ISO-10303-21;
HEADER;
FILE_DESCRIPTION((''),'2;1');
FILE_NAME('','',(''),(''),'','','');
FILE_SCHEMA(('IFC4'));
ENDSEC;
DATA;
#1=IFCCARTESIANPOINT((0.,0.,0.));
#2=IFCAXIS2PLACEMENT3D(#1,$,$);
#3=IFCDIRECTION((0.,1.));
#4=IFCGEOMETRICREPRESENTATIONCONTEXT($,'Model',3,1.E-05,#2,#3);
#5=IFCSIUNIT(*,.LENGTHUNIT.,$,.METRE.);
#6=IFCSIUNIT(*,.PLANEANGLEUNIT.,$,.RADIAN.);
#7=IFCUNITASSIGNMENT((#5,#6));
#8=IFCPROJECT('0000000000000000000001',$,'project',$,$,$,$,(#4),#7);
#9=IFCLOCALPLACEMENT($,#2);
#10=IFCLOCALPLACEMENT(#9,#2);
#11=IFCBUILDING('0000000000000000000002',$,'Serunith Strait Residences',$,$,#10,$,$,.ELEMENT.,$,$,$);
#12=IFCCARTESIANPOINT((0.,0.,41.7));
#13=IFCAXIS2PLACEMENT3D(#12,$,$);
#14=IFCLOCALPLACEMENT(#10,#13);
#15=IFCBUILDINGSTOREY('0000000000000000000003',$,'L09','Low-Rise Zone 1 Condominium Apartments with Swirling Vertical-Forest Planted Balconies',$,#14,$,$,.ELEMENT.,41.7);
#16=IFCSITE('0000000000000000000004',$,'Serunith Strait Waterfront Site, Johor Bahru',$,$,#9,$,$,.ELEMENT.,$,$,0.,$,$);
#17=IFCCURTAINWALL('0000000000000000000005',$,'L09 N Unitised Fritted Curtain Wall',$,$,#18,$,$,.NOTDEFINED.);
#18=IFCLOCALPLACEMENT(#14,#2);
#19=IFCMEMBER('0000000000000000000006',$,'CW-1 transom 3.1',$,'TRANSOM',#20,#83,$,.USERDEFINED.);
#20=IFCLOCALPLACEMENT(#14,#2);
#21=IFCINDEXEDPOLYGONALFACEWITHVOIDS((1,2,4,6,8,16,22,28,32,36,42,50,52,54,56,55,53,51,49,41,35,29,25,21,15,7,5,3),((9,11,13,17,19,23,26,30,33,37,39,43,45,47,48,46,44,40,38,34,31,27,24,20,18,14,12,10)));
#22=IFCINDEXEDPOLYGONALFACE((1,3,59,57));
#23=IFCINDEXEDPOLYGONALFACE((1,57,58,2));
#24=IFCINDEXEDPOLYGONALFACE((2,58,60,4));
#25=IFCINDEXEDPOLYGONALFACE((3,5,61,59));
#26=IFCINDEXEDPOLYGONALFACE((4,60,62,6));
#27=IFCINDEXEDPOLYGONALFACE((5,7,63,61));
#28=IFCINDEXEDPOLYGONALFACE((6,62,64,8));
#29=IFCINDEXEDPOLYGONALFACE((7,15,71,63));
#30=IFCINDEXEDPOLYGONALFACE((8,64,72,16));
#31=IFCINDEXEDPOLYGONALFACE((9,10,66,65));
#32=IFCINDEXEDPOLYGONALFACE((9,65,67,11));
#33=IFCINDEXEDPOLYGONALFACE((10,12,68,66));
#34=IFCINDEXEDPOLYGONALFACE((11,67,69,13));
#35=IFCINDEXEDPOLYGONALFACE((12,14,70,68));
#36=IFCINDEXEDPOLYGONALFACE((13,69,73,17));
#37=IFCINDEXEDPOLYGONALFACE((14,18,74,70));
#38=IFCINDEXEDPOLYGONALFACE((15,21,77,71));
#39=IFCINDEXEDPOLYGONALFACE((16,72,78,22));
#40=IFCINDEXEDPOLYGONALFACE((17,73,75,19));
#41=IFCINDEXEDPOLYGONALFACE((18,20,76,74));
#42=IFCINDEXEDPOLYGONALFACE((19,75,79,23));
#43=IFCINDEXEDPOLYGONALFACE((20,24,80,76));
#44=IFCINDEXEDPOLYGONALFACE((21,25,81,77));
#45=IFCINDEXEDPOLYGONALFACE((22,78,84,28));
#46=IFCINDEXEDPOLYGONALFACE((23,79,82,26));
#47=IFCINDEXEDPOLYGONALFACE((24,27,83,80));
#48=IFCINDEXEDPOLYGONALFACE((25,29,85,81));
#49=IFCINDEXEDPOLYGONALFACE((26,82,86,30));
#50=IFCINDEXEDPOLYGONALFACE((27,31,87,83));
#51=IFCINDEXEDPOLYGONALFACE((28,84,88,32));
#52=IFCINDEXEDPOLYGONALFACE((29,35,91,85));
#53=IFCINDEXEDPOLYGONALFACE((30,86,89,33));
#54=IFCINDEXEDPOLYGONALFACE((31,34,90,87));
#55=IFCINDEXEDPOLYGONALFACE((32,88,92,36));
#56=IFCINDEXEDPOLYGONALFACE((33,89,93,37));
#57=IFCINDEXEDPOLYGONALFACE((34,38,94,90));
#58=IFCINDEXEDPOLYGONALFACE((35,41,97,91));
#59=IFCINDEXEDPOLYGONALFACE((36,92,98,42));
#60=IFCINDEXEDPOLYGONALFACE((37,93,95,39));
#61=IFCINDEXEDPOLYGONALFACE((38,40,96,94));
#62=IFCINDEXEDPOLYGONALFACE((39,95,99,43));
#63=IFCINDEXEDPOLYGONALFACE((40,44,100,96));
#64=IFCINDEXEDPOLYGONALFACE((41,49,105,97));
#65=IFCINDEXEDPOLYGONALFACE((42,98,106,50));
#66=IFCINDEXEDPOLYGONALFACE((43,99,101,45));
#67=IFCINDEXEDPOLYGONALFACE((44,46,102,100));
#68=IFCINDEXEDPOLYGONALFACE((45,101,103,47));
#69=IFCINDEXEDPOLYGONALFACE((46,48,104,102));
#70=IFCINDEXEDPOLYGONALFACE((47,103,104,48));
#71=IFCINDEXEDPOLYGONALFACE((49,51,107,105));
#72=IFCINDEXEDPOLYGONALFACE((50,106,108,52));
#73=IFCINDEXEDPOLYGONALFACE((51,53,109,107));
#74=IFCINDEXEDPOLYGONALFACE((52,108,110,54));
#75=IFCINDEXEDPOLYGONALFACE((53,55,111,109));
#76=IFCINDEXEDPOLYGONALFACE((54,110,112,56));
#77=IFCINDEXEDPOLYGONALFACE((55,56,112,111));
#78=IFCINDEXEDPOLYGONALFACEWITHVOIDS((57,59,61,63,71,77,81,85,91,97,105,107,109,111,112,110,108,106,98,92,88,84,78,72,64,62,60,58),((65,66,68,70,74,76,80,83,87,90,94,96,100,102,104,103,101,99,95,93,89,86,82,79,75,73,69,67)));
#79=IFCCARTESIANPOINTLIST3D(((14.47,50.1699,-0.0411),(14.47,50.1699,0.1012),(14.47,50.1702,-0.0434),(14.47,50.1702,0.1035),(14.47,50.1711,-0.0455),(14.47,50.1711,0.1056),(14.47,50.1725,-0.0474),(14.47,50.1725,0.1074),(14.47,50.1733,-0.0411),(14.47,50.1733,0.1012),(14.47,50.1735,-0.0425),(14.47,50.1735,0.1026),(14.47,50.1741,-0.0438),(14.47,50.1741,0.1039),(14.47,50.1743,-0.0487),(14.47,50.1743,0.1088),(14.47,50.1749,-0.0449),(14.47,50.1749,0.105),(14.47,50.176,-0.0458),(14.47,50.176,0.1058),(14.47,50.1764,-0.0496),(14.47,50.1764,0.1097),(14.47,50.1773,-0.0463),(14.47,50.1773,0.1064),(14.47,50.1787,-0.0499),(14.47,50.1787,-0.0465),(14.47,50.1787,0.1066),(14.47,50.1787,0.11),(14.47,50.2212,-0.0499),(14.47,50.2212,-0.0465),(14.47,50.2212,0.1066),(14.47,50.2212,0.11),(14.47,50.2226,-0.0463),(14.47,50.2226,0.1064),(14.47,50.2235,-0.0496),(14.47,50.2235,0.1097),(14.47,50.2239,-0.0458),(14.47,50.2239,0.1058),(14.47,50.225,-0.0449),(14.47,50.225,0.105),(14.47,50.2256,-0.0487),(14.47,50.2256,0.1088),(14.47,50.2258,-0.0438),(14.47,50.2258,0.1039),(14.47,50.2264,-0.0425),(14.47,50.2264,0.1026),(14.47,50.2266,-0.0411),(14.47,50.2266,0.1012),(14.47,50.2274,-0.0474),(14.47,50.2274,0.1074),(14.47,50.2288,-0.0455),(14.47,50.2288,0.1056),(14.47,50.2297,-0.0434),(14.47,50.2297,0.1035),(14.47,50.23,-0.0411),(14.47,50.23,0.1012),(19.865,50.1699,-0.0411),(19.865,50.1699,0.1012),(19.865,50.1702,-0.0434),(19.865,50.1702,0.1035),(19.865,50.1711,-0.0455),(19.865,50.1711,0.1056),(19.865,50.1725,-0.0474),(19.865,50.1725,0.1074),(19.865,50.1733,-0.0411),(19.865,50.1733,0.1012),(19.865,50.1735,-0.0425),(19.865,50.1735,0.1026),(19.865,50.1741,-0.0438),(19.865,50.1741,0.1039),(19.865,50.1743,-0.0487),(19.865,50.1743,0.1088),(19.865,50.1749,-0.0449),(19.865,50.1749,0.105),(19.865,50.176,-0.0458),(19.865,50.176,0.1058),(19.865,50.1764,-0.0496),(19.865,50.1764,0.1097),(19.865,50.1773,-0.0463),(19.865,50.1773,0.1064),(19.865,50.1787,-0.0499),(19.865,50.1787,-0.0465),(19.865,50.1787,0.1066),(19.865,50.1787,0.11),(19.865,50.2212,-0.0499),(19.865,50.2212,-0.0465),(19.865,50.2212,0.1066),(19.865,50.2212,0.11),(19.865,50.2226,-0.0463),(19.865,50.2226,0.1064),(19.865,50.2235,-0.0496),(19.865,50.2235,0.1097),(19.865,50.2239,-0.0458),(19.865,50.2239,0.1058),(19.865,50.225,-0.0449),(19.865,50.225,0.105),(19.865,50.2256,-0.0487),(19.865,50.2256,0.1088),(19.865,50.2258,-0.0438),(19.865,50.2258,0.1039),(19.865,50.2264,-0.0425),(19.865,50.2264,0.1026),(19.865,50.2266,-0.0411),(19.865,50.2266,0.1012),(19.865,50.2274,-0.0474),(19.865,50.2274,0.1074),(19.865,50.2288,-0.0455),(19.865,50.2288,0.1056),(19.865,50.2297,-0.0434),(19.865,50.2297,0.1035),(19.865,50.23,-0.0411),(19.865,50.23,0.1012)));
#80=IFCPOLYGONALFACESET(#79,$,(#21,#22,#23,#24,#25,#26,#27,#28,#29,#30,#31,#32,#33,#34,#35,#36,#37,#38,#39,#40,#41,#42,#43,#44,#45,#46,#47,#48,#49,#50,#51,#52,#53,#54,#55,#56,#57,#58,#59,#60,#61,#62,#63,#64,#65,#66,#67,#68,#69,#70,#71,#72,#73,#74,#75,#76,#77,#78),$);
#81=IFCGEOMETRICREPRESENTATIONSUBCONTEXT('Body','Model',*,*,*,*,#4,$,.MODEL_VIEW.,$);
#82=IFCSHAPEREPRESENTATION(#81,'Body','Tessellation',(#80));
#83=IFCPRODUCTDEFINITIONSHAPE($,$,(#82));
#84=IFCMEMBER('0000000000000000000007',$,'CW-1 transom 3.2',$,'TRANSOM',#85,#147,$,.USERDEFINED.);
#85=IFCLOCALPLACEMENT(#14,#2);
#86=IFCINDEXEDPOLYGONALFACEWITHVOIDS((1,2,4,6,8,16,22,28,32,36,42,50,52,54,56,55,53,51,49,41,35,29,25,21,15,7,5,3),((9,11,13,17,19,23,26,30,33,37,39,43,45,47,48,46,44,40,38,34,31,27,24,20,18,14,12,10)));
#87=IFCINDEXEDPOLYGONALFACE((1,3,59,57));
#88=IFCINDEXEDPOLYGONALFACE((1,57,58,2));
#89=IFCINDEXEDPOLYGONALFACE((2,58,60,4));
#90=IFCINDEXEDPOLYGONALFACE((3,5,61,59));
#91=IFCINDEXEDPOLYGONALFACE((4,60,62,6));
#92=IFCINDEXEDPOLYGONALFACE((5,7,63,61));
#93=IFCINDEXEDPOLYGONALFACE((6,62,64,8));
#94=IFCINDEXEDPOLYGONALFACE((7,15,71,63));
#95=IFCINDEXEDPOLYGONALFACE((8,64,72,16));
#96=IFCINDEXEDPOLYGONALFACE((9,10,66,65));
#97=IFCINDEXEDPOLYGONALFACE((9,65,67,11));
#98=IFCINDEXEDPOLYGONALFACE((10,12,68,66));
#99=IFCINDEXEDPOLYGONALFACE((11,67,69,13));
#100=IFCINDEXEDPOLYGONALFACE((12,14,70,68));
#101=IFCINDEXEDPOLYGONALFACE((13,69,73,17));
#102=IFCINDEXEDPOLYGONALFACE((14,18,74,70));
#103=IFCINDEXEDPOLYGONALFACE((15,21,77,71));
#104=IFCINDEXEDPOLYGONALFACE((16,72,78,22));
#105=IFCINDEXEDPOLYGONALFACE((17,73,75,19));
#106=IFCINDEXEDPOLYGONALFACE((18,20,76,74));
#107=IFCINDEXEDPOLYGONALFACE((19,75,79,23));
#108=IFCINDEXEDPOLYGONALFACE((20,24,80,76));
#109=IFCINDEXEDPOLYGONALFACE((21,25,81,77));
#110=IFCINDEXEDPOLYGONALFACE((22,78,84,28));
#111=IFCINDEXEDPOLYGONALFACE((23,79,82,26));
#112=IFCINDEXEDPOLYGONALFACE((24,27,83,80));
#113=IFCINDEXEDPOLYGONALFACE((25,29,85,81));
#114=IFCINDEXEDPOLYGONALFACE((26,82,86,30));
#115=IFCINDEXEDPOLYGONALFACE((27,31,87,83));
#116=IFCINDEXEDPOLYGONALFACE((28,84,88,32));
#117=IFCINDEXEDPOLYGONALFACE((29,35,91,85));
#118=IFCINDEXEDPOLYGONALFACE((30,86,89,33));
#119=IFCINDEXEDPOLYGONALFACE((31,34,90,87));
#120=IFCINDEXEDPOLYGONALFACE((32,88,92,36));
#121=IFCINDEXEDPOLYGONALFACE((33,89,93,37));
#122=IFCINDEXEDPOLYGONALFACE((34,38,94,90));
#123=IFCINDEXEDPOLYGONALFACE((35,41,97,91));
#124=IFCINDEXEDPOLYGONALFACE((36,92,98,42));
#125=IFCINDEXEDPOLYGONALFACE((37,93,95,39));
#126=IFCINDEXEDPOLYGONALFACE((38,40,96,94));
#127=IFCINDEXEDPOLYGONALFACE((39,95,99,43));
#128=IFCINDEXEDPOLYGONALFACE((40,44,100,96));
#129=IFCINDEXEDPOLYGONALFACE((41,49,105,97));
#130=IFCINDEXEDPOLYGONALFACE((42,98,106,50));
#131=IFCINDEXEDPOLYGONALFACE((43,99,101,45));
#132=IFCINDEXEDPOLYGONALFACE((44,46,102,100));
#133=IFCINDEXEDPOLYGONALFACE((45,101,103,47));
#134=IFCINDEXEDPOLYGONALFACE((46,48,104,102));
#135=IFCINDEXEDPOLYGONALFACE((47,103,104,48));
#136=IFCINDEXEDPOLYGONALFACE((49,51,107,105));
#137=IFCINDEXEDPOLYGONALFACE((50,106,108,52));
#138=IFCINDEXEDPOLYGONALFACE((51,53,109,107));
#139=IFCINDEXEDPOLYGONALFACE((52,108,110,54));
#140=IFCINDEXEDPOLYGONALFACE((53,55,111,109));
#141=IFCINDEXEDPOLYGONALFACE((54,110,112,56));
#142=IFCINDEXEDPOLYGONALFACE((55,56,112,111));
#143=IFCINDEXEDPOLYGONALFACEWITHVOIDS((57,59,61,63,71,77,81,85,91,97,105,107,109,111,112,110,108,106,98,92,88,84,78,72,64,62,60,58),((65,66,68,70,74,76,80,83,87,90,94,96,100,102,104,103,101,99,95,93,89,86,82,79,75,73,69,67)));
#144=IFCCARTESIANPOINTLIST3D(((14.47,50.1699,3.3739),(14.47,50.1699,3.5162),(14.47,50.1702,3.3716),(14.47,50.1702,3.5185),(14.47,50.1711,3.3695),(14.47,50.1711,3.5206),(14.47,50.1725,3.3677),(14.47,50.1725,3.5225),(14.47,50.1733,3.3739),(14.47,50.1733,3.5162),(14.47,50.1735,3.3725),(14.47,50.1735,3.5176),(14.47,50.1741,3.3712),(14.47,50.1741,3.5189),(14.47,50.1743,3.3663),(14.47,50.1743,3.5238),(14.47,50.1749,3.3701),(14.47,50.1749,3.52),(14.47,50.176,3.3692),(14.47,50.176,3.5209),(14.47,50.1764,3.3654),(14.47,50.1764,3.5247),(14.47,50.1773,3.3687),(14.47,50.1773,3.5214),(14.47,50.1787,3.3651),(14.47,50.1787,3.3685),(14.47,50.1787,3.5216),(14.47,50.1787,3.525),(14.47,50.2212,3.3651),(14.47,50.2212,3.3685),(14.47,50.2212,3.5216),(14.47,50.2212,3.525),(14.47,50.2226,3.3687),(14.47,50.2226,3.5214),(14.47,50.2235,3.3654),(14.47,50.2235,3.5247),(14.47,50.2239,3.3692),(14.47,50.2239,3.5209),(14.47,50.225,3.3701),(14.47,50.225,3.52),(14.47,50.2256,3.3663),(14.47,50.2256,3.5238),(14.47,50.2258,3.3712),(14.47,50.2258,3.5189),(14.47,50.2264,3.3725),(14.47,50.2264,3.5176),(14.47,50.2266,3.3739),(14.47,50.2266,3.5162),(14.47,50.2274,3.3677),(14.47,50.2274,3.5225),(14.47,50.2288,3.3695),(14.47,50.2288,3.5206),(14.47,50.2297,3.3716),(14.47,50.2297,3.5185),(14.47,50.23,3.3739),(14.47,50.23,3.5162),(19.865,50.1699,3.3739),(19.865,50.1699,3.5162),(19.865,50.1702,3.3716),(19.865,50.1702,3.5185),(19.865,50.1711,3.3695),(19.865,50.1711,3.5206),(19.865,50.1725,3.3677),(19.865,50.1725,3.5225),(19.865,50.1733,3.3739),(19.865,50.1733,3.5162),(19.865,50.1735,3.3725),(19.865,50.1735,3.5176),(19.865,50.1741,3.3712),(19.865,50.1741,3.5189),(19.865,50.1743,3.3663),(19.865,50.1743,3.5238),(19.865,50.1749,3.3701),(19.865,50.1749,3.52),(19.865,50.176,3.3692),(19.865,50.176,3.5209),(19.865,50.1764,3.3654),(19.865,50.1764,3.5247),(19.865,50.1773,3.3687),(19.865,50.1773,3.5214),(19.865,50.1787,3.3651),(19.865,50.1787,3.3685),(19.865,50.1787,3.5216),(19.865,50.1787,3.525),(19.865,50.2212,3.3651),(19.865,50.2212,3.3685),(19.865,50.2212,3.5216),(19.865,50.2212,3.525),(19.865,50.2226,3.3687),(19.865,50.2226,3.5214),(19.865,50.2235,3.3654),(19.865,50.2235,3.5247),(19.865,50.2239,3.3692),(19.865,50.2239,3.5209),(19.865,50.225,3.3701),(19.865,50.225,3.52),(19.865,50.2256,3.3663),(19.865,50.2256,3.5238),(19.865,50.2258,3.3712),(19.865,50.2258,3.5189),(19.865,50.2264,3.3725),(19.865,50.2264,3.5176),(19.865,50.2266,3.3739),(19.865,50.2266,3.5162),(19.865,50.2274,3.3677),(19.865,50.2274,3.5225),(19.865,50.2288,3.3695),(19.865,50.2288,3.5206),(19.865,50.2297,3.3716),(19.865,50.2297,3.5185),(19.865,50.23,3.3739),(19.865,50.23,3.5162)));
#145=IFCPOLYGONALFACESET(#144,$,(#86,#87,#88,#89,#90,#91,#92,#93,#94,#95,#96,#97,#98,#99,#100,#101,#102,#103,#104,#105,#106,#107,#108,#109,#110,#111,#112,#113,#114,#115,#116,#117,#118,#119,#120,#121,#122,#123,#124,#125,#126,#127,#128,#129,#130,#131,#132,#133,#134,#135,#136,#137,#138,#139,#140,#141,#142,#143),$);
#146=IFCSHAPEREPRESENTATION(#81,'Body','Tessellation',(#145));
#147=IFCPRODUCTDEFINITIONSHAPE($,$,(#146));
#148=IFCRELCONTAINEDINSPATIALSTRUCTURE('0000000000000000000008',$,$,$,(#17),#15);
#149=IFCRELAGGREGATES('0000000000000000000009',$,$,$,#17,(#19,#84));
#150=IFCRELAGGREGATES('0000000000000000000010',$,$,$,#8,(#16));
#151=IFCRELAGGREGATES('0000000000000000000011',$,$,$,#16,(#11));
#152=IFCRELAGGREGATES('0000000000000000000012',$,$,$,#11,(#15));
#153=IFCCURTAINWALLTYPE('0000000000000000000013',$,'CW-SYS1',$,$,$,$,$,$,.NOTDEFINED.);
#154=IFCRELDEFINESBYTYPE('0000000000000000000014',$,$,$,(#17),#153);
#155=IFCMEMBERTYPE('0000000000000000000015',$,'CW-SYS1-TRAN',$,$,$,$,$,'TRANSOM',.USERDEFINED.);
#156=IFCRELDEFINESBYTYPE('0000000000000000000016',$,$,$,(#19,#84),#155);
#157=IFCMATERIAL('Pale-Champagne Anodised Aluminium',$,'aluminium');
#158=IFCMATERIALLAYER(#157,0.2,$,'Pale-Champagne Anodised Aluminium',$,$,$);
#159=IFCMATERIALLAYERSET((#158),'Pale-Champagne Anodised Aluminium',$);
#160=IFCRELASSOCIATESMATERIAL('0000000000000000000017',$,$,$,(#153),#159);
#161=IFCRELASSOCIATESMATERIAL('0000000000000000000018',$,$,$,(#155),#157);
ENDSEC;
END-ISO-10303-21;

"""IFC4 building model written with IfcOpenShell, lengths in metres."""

from ifc_helpers import new_model, si_unit, direction, frame, origin, origin_2d, place, context, subcontext, project, spatial, hollow_rectangle, extrude, source, transform, mapped, material, layer, layer_set, material_profile, profile_set, type_object, element, aggregate, save


model = new_model("IFC4")

# Units and contexts
model_context = context("Model", 3, precision=1e-05, world=origin(), true_north=direction((0.0, 1.0)))
body_context = subcontext(model_context, "Body", "Model", "MODEL_VIEW")
ifc_project = project(units=[si_unit("LENGTHUNIT", "METRE"), si_unit("PLANEANGLEUNIT", "RADIAN")], contexts=[model_context])

# Site, building, storey
site_placement = place(None, origin())
site = spatial("IfcSite", under=ifc_project, at=site_placement, Name="Serunith Strait Waterfront Site, Johor Bahru", CompositionType="ELEMENT", RefElevation=0.0)
building_placement = place(site_placement, origin())
building = spatial("IfcBuilding", under=site, at=building_placement, Name="Serunith Strait Residences", CompositionType="ELEMENT")
storey_placement = place(building_placement, frame((0.0, 0.0, 41.7)))
storey = spatial("IfcBuildingStorey", under=building, at=storey_placement, Name="L09", Description="Low-Rise Zone 1 Condominium Apartments with Swirling Vertical-Forest Planted Balconies", CompositionType="ELEMENT", Elevation=41.7)

# Curtain wall, members
ifc_material_1 = material(Name="Pale-Champagne Anodised Aluminium", Category="aluminium")
ifc_layer_1 = layer(ifc_material_1, 0.2, Name="Pale-Champagne Anodised Aluminium")
ifc_layer_set_1 = layer_set([ifc_layer_1], Name="Pale-Champagne Anodised Aluminium")
curtain_wall_type = type_object("IfcCurtainWallType", Name="CW-SYS1", PredefinedType="NOTDEFINED", material=ifc_layer_set_1)
curtain_wall_placement = place(storey_placement, origin())
curtain_wall = element("IfcCurtainWall", 1, at=curtain_wall_placement, inside=storey, type_object=curtain_wall_type, Name="L09 N Unitised Fritted Curtain Wall", PredefinedType="NOTDEFINED")
ifc_material_profile_1 = material_profile(ifc_material_1, hollow_rectangle(XDim=0.0601, YDim=0.1599, WallThickness=0.0034, InnerFilletRadius=0.0054, OuterFilletRadius=0.0088, at=origin_2d()), Name="ALU 160x60x3.5")
ifc_profile_set_1 = profile_set([ifc_material_profile_1], Name="Pale-Champagne Anodised Aluminium")
member_type_1 = type_object("IfcMemberType", Name="CW-SYS1-TRAN", ElementType="TRANSOM", PredefinedType="USERDEFINED", material=ifc_profile_set_1)
shared_shape_1 = source(origin(), body_context, "Body", "SweptSolid", [
    extrude(hollow_rectangle(XDim=0.0601, YDim=0.1599, WallThickness=0.0034, InnerFilletRadius=0.0054, OuterFilletRadius=0.0088, at=origin_2d()), origin(), (0.0, 0.0, 1.0), 5.395),
])
member_1_placement = place(storey_placement, frame((19.865, 50.2, 0.03), z_axis=(-1.0, 0.0, 0.0), x_axis=(0.0, -1.0, 0.0)))
member_1 = element("IfcMember", 2, at=member_1_placement, type_object=member_type_1, Name="CW-1 transom 3.1", ObjectType="TRANSOM", PredefinedType="USERDEFINED", context=body_context, shape_type="MappedRepresentation", body=[
    mapped(shared_shape_1, transform((0.0, 0.0, 0.0), scale=1.0)),
])
member_2_placement = place(storey_placement, frame((19.865, 50.2, 3.4451), z_axis=(-1.0, 0.0, 0.0), x_axis=(0.0, -1.0, 0.0)))
member_2 = element("IfcMember", 3, at=member_2_placement, type_object=member_type_1, Name="CW-1 transom 3.2", ObjectType="TRANSOM", PredefinedType="USERDEFINED", context=body_context, shape_type="MappedRepresentation", body=[
    mapped(shared_shape_1, transform((0.0, 0.0, 0.0), scale=1.0)),
])
aggregate(curtain_wall, [member_1, member_2])

save(model, "model.ifc")
